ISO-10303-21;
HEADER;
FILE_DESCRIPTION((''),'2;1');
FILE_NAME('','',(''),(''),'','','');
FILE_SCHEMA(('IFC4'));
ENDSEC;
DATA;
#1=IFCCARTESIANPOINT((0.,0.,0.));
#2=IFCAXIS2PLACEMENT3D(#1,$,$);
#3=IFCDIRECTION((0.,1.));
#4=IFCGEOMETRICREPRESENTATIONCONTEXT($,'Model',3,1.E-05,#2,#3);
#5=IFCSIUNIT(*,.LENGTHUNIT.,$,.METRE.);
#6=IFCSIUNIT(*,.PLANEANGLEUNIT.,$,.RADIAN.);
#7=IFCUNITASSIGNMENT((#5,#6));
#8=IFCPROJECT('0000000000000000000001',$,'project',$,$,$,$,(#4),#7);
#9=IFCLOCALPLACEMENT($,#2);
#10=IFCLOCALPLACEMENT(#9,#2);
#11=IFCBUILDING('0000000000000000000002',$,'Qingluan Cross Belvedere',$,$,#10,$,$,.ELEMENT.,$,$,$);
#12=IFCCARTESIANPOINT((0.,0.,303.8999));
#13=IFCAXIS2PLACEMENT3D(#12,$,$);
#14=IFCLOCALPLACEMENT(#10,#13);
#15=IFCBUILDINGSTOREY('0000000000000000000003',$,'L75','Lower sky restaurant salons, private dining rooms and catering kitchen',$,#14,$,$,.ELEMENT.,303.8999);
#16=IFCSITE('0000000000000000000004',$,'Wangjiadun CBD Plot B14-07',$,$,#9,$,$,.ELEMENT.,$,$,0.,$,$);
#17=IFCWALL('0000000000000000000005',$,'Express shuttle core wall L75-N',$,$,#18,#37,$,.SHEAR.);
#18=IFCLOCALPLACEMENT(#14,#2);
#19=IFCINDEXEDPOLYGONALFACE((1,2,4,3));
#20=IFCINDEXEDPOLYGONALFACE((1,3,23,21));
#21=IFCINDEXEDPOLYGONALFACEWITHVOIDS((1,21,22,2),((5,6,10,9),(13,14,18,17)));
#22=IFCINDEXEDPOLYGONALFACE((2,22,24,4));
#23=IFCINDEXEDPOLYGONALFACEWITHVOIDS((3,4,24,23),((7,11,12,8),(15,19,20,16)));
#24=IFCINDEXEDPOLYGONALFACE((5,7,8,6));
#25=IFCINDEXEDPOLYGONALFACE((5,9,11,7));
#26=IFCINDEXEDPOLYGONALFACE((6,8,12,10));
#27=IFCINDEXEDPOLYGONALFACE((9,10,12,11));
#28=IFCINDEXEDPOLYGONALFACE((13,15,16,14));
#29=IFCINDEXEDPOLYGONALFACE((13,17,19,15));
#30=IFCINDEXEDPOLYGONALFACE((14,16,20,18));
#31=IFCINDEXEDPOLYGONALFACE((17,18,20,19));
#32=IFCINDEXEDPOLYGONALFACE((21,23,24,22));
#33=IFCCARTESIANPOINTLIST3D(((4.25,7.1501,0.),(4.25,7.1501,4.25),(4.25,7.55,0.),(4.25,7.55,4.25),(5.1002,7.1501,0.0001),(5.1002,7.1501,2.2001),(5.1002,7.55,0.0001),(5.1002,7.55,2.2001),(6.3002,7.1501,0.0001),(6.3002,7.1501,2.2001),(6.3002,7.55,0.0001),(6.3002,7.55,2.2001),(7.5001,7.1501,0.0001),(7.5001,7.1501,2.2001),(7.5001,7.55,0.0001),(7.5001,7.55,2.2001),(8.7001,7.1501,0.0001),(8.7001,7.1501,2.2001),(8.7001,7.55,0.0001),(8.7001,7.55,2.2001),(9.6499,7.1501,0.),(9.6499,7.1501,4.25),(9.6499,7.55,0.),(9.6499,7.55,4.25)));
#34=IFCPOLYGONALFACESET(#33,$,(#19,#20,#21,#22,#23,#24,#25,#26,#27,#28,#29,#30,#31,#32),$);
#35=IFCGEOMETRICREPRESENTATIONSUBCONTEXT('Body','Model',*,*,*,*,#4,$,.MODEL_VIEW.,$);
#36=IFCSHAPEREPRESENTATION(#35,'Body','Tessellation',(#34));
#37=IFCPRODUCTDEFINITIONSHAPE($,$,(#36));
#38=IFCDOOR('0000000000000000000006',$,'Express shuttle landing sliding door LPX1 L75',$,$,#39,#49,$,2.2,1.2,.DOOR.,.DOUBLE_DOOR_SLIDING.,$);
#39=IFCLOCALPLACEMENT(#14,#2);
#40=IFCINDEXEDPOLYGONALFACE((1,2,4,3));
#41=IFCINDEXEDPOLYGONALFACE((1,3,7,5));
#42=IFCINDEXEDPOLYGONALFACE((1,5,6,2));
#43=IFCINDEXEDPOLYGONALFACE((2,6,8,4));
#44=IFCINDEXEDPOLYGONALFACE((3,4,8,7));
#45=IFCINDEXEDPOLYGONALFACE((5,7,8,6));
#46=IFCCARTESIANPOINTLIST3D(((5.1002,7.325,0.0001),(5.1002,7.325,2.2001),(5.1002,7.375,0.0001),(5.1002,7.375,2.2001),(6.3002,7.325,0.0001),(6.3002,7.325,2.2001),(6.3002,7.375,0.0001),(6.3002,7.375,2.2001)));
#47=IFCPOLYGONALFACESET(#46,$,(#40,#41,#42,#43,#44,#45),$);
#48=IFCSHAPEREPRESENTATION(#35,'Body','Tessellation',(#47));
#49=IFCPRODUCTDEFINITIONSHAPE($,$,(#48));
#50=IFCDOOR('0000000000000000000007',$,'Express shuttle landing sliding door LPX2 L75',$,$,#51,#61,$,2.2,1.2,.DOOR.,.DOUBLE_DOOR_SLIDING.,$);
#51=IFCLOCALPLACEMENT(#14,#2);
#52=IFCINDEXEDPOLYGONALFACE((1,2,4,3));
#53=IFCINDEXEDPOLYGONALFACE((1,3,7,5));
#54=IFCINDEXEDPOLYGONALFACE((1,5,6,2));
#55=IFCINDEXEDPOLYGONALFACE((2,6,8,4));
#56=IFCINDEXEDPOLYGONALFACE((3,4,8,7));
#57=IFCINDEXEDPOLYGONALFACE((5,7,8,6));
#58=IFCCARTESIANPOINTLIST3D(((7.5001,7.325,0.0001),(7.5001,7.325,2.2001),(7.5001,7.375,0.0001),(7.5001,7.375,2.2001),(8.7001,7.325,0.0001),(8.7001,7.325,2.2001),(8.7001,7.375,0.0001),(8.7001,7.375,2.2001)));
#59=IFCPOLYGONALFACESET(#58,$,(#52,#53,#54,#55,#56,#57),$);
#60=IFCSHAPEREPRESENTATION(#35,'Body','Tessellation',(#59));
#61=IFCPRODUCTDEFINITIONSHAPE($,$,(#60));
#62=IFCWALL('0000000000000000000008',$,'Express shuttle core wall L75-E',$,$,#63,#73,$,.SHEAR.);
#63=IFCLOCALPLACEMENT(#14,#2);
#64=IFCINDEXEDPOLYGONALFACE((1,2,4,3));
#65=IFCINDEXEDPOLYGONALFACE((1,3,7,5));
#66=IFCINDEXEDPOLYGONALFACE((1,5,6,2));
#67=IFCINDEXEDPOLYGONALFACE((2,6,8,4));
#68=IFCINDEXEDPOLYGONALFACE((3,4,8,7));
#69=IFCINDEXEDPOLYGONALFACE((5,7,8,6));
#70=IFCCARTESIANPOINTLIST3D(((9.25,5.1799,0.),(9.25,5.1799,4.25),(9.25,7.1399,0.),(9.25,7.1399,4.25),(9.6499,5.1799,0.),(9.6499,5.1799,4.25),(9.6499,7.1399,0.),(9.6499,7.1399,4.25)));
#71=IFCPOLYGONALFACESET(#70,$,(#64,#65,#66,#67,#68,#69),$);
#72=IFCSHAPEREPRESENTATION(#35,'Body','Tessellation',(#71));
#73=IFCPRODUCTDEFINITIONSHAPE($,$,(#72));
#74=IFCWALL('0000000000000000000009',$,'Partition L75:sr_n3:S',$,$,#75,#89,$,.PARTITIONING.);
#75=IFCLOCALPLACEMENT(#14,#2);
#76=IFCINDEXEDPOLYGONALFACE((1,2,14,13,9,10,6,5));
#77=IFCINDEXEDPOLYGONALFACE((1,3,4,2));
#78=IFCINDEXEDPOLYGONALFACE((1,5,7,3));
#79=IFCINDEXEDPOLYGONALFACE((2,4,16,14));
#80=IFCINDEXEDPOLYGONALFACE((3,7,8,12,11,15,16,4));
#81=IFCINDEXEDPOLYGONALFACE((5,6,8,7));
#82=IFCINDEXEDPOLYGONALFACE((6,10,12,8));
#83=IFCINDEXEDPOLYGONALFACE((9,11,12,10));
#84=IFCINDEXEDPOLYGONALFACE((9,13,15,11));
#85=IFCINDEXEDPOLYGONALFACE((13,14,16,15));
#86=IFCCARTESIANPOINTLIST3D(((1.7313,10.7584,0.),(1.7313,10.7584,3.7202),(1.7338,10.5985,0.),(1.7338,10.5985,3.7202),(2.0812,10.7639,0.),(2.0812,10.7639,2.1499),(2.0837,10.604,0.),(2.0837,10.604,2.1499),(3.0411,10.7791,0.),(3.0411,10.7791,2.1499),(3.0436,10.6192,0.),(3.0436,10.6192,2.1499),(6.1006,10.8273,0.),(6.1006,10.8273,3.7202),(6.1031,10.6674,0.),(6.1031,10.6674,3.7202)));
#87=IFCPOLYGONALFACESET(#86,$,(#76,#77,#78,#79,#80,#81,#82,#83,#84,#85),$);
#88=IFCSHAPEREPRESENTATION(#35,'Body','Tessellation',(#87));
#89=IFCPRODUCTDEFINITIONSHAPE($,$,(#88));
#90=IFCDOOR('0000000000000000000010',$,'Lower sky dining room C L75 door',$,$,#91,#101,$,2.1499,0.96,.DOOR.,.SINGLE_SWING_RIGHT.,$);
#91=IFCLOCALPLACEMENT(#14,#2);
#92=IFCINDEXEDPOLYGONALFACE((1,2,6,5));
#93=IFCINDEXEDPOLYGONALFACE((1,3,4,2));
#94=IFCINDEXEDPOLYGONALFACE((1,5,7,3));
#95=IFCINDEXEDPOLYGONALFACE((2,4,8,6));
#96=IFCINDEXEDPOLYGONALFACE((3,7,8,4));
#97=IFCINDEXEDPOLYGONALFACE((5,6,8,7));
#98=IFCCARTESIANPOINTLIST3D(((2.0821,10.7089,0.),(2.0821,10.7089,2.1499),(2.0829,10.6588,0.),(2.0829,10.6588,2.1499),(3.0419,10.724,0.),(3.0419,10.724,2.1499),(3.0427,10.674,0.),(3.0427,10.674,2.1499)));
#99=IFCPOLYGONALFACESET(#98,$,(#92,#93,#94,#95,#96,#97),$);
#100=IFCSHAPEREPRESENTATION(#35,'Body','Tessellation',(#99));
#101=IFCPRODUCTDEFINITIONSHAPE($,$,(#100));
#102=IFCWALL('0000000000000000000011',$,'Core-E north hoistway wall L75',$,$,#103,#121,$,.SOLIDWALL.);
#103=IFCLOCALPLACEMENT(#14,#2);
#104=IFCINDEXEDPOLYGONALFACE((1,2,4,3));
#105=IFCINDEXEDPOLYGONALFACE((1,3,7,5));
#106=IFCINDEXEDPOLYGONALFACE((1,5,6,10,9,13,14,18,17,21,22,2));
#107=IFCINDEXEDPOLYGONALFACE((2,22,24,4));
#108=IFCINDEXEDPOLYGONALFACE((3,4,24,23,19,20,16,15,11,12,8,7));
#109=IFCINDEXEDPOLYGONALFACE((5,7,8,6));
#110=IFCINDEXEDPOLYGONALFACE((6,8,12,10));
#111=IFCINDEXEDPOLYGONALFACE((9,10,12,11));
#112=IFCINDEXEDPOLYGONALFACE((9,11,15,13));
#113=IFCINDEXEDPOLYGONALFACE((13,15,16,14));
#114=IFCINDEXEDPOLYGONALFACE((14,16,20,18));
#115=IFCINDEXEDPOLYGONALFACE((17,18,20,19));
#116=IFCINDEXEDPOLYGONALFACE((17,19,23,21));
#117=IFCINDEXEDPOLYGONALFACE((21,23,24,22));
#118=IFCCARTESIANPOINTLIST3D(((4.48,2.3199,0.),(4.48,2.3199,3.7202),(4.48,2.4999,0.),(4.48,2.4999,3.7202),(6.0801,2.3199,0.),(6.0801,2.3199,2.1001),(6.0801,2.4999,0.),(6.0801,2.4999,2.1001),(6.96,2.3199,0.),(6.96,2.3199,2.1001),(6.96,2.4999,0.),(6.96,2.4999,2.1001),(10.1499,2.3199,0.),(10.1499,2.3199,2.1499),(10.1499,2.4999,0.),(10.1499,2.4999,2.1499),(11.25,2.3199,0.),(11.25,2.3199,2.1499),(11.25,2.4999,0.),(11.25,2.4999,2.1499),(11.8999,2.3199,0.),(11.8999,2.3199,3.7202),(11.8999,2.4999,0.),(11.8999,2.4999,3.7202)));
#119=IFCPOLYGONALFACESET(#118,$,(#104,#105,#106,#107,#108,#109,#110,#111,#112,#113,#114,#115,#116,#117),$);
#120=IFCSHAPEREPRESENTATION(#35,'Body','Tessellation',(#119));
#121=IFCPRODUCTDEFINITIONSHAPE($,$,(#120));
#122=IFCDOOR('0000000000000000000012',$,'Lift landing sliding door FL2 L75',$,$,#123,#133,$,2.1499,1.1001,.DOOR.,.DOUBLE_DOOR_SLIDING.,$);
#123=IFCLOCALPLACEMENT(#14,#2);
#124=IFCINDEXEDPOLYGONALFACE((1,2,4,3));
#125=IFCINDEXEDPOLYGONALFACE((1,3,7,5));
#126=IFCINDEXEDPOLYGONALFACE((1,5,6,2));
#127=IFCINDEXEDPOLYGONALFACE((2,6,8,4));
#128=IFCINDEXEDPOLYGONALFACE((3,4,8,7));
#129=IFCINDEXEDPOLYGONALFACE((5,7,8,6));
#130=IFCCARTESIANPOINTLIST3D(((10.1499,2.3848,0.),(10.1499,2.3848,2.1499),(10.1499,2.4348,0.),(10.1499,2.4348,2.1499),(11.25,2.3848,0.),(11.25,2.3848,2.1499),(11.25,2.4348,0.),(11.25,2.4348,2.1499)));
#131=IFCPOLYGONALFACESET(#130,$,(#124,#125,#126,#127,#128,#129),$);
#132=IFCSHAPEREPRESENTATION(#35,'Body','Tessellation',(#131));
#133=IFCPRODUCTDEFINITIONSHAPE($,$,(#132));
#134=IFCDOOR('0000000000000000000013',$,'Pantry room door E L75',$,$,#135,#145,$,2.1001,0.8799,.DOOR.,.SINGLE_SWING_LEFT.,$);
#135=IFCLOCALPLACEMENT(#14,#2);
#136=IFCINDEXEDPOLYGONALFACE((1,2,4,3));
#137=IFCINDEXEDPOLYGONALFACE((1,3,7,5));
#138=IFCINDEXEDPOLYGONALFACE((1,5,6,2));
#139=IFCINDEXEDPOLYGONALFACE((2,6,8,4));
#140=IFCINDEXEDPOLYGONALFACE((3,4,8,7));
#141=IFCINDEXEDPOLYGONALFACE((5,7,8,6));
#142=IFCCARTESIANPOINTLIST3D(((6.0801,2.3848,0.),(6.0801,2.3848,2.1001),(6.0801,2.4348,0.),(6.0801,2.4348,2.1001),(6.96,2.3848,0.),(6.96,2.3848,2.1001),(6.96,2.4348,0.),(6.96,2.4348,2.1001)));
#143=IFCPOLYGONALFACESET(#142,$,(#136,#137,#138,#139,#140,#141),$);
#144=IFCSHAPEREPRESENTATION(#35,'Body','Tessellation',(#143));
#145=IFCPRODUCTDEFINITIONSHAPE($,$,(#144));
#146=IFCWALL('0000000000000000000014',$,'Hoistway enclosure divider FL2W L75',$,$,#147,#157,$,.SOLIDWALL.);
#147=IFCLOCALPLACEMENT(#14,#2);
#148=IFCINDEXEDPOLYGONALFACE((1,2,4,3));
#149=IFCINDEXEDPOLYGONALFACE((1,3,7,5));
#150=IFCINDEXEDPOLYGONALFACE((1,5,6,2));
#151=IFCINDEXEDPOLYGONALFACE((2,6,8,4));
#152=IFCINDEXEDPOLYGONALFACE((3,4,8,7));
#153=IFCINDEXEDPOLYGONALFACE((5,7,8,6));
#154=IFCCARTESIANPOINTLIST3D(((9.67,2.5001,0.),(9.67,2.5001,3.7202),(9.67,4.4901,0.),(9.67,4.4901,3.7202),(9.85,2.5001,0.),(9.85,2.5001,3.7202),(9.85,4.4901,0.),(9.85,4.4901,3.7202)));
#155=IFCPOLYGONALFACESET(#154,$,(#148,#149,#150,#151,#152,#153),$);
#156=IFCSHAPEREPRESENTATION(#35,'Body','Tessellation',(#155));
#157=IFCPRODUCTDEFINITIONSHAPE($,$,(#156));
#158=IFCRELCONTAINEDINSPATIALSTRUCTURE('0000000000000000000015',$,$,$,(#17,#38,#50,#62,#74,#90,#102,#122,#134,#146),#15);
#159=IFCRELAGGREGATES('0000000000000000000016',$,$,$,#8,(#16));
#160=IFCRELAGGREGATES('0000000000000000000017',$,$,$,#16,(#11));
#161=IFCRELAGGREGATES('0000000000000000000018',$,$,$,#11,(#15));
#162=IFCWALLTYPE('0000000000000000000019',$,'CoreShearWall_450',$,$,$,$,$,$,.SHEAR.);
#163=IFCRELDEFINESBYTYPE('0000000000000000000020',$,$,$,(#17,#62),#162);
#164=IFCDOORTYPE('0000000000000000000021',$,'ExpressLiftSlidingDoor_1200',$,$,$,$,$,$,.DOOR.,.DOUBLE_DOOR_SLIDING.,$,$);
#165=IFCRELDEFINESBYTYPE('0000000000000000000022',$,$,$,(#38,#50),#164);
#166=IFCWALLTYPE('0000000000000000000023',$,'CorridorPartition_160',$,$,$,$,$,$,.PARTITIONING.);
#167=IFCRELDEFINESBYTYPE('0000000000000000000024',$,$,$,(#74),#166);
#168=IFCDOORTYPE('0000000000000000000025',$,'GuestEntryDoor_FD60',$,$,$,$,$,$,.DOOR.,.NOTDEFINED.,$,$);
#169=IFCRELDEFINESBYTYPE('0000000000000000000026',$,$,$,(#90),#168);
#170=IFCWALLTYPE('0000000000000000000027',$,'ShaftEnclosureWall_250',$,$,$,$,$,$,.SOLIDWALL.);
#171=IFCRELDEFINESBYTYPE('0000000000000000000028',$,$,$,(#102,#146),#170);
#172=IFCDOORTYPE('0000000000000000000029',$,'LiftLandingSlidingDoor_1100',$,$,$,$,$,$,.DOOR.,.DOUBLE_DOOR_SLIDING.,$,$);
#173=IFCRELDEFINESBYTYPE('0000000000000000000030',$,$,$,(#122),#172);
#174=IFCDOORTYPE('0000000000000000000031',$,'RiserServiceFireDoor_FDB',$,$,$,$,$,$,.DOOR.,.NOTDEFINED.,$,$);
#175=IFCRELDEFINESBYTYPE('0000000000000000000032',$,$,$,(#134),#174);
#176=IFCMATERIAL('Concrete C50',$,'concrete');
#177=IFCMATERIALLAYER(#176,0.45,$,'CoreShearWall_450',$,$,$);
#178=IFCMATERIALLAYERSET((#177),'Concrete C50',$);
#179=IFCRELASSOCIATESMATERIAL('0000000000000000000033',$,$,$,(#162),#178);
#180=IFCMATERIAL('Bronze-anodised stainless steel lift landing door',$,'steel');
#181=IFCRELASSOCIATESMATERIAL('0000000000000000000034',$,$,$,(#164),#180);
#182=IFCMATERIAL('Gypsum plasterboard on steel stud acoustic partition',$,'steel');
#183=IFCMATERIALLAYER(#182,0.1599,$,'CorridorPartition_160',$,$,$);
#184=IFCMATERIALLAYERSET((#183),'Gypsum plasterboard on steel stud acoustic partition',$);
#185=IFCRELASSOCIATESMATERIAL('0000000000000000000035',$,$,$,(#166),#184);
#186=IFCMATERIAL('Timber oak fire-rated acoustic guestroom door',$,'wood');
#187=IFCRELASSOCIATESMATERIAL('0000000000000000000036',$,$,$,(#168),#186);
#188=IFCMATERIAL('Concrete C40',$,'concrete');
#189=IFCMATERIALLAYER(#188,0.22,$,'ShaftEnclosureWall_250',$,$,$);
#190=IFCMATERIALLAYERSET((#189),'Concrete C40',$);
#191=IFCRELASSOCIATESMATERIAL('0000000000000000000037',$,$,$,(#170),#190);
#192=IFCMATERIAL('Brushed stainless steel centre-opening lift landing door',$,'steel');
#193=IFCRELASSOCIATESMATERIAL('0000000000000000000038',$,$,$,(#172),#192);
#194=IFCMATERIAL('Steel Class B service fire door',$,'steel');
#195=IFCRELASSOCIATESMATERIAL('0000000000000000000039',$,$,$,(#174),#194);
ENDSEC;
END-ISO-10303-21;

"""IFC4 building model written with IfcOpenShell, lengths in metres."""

from ifc_helpers import new_model, si_unit, direction, frame, frame_2d, origin, place, context, subcontext, project, spatial, rectangle, extrude, material, layer, layer_set, type_object, element, fill, save


model = new_model("IFC4")

# Units and contexts
model_context = context("Model", 3, precision=1e-05, world=origin(), true_north=direction((0.0, 1.0)))
body_context = subcontext(model_context, "Body", "Model", "MODEL_VIEW")
ifc_project = project(units=[si_unit("LENGTHUNIT", "METRE"), si_unit("PLANEANGLEUNIT", "RADIAN")], contexts=[model_context])

# Site, building, storey
site_placement = place(None, origin())
site = spatial("IfcSite", under=ifc_project, at=site_placement, Name="Wangjiadun CBD Plot B14-07", CompositionType="ELEMENT", RefElevation=0.0)
building_placement = place(site_placement, origin())
building = spatial("IfcBuilding", under=site, at=building_placement, Name="Qingluan Cross Belvedere", CompositionType="ELEMENT")
storey_placement = place(building_placement, frame((0.0, 0.0, 303.8999)))
storey = spatial("IfcBuildingStorey", under=building, at=storey_placement, Name="L75", Description="Lower sky restaurant salons, private dining rooms and catering kitchen", CompositionType="ELEMENT", Elevation=303.8999)

# Shared definitions
ifc_material_1 = material(Name="Concrete C50", Category="concrete")
ifc_layer_1 = layer(ifc_material_1, 0.45, Name="CoreShearWall_450")
ifc_layer_set_1 = layer_set([ifc_layer_1], Name="Concrete C50")
wall_type_1 = type_object("IfcWallType", Name="CoreShearWall_450", PredefinedType="SHEAR", material=ifc_layer_set_1)

# Wall, openings, doors
wall_1_placement = place(storey_placement, frame((4.25, 7.3501, 0.0), z_axis=(0.0, 0.0, 1.0), x_axis=(1.0, 0.0, 0.0)))
wall_1 = element("IfcWall", 1, at=wall_1_placement, inside=storey, type_object=wall_type_1, Name="Express shuttle core wall L75-N", PredefinedType="SHEAR", context=body_context, shape_type="SweptSolid", body=[
    extrude(rectangle(XDim=5.3999, YDim=0.3999, at=frame_2d((2.7, 0.0))), origin(), (0.0, 0.0, 1.0), 4.25),
])
opening_1_placement = place(wall_1_placement, frame((0.8501, 0.0, 0.0)))
opening_1 = element("IfcOpeningElement", 2, at=opening_1_placement, cuts=wall_1, PredefinedType="OPENING", context=body_context, shape_type="SweptSolid", body=[
    extrude(rectangle(XDim=1.2, YDim=2.2, at=frame_2d((0.6001, 1.1001))), frame((0.0, 0.21, 0.0), z_axis=(0.0, -1.0, 0.0), x_axis=(1.0, 0.0, 0.0)), (0.0, 0.0, 1.0), 0.4199),
])
opening_2_placement = place(wall_1_placement, frame((3.25, 0.0, 0.0)))
opening_2 = element("IfcOpeningElement", 3, at=opening_2_placement, cuts=wall_1, PredefinedType="OPENING", context=body_context, shape_type="SweptSolid", body=[
    extrude(rectangle(XDim=1.2, YDim=2.2, at=frame_2d((0.6001, 1.1001))), frame((0.0, 0.21, 0.0), z_axis=(0.0, -1.0, 0.0), x_axis=(1.0, 0.0, 0.0)), (0.0, 0.0, 1.0), 0.4199),
])
ifc_material_2 = material(Name="Bronze-anodised stainless steel lift landing door", Category="steel")
door_type_1 = type_object("IfcDoorType", Name="ExpressLiftSlidingDoor_1200", OperationType="DOUBLE_DOOR_SLIDING", PredefinedType="DOOR", material=ifc_material_2)
door_1_placement = place(opening_1_placement, origin())
door_1 = element("IfcDoor", 4, at=door_1_placement, inside=storey, type_object=door_type_1, Name="Express shuttle landing sliding door LPX1 L75", OperationType="DOUBLE_DOOR_SLIDING", OverallHeight=2.2, OverallWidth=1.2, PredefinedType="DOOR", context=body_context, shape_type="SweptSolid", body=[
    extrude(rectangle(XDim=1.2, YDim=2.2, at=frame_2d((0.6001, 1.1001))), frame((0.0, 0.0249, 0.0), z_axis=(0.0, -1.0, 0.0), x_axis=(1.0, 0.0, 0.0)), (0.0, 0.0, 1.0), 0.05),
])
fill(opening_1, door_1)
door_2_placement = place(opening_2_placement, origin())
door_2 = element("IfcDoor", 5, at=door_2_placement, inside=storey, type_object=door_type_1, Name="Express shuttle landing sliding door LPX2 L75", OperationType="DOUBLE_DOOR_SLIDING", OverallHeight=2.2, OverallWidth=1.2, PredefinedType="DOOR", context=body_context, shape_type="SweptSolid", body=[
    extrude(rectangle(XDim=1.2, YDim=2.2, at=frame_2d((0.6001, 1.1001))), frame((0.0, 0.0249, 0.0), z_axis=(0.0, -1.0, 0.0), x_axis=(1.0, 0.0, 0.0)), (0.0, 0.0, 1.0), 0.05),
])
fill(opening_2, door_2)

# Wall
wall_2_placement = place(storey_placement, frame((9.45, 5.1799, 0.0), z_axis=(0.0, 0.0, 1.0), x_axis=(0.0, 1.0, 0.0)))
element("IfcWall", 6, at=wall_2_placement, inside=storey, type_object=wall_type_1, Name="Express shuttle core wall L75-E", PredefinedType="SHEAR", context=body_context, shape_type="SweptSolid", body=[
    extrude(rectangle(XDim=1.96, YDim=0.3999, at=frame_2d((0.98, 0.0))), origin(), (0.0, 0.0, 1.0), 4.25),
])

# Wall, opening, door
ifc_material_3 = material(Name="Gypsum plasterboard on steel stud acoustic partition", Category="steel")
ifc_layer_2 = layer(ifc_material_3, 0.1599, Name="CorridorPartition_160")
ifc_layer_set_2 = layer_set([ifc_layer_2], Name="Gypsum plasterboard on steel stud acoustic partition")
wall_type_2 = type_object("IfcWallType", Name="CorridorPartition_160", PredefinedType="PARTITIONING", material=ifc_layer_set_2)
wall_3_placement = place(storey_placement, frame((1.7324, 10.6785, 0.0), z_axis=(0.0, 0.0, 1.0), x_axis=(0.999876, 0.015755, 0.0)))
wall_3 = element("IfcWall", 7, at=wall_3_placement, inside=storey, type_object=wall_type_2, Name="Partition L75:sr_n3:S", PredefinedType="PARTITIONING", context=body_context, shape_type="SweptSolid", body=[
    extrude(rectangle(XDim=4.3699, YDim=0.1599, at=frame_2d((2.1851, 0.0))), origin(), (0.0, 0.0, 1.0), 3.7202),
])
opening_3_placement = place(wall_3_placement, frame((0.3501, 0.0, 0.0)))
opening_3 = element("IfcOpeningElement", 8, at=opening_3_placement, cuts=wall_3, PredefinedType="OPENING", context=body_context, shape_type="SweptSolid", body=[
    extrude(rectangle(XDim=0.96, YDim=2.1499, at=frame_2d((0.48, 1.075))), frame((0.0, 0.0898, 0.0), z_axis=(0.0, -1.0, 0.0), x_axis=(1.0, 0.0, 0.0)), (0.0, 0.0, 1.0), 0.1799),
])
ifc_material_4 = material(Name="Timber oak fire-rated acoustic guestroom door", Category="wood")
door_type_2 = type_object("IfcDoorType", Name="GuestEntryDoor_FD60", OperationType="NOTDEFINED", PredefinedType="DOOR", material=ifc_material_4)
door_3_placement = place(opening_3_placement, origin())
door_3 = element("IfcDoor", 9, at=door_3_placement, inside=storey, type_object=door_type_2, Name="Lower sky dining room C L75 door", OperationType="SINGLE_SWING_RIGHT", OverallHeight=2.1499, OverallWidth=0.96, PredefinedType="DOOR", context=body_context, shape_type="SweptSolid", body=[
    extrude(rectangle(XDim=0.96, YDim=2.1499, at=frame_2d((0.48, 1.075))), frame((0.0, 0.0249, 0.0), z_axis=(0.0, -1.0, 0.0), x_axis=(1.0, 0.0, 0.0)), (0.0, 0.0, 1.0), 0.05),
])
fill(opening_3, door_3)

# Wall, openings, doors
ifc_material_5 = material(Name="Concrete C40", Category="concrete")
ifc_layer_3 = layer(ifc_material_5, 0.22, Name="ShaftEnclosureWall_250")
ifc_layer_set_3 = layer_set([ifc_layer_3], Name="Concrete C40")
wall_type_3 = type_object("IfcWallType", Name="ShaftEnclosureWall_250", PredefinedType="SOLIDWALL", material=ifc_layer_set_3)
wall_4_placement = place(storey_placement, frame((4.48, 2.4099, 0.0), z_axis=(0.0, 0.0, 1.0), x_axis=(1.0, 0.0, 0.0)))
wall_4 = element("IfcWall", 10, at=wall_4_placement, inside=storey, type_object=wall_type_3, Name="Core-E north hoistway wall L75", PredefinedType="SOLIDWALL", context=body_context, shape_type="SweptSolid", body=[
    extrude(rectangle(XDim=7.4199, YDim=0.1799, at=frame_2d((3.71, 0.0))), origin(), (0.0, 0.0, 1.0), 3.7202),
])
opening_4_placement = place(wall_4_placement, frame((5.6699, 0.0, 0.0)))
opening_4 = element("IfcOpeningElement", 11, at=opening_4_placement, cuts=wall_4, PredefinedType="OPENING", context=body_context, shape_type="SweptSolid", body=[
    extrude(rectangle(XDim=1.1001, YDim=2.1499, at=frame_2d((0.55, 1.075))), frame((0.0, 0.0999, 0.0), z_axis=(0.0, -1.0, 0.0), x_axis=(1.0, 0.0, 0.0)), (0.0, 0.0, 1.0), 0.2),
])
opening_5_placement = place(wall_4_placement, frame((1.6001, 0.0, 0.0)))
opening_5 = element("IfcOpeningElement", 12, at=opening_5_placement, cuts=wall_4, PredefinedType="OPENING", context=body_context, shape_type="SweptSolid", body=[
    extrude(rectangle(XDim=0.8799, YDim=2.1001, at=frame_2d((0.4399, 1.05))), frame((0.0, 0.0999, 0.0), z_axis=(0.0, -1.0, 0.0), x_axis=(1.0, 0.0, 0.0)), (0.0, 0.0, 1.0), 0.2),
])
ifc_material_6 = material(Name="Brushed stainless steel centre-opening lift landing door", Category="steel")
door_type_3 = type_object("IfcDoorType", Name="LiftLandingSlidingDoor_1100", OperationType="DOUBLE_DOOR_SLIDING", PredefinedType="DOOR", material=ifc_material_6)
door_4_placement = place(opening_4_placement, origin())
door_4 = element("IfcDoor", 13, at=door_4_placement, inside=storey, type_object=door_type_3, Name="Lift landing sliding door FL2 L75", OperationType="DOUBLE_DOOR_SLIDING", OverallHeight=2.1499, OverallWidth=1.1001, PredefinedType="DOOR", context=body_context, shape_type="SweptSolid", body=[
    extrude(rectangle(XDim=1.1001, YDim=2.1499, at=frame_2d((0.55, 1.075))), frame((0.0, 0.0249, 0.0), z_axis=(0.0, -1.0, 0.0), x_axis=(1.0, 0.0, 0.0)), (0.0, 0.0, 1.0), 0.05),
])
fill(opening_4, door_4)
ifc_material_7 = material(Name="Steel Class B service fire door", Category="steel")
door_type_4 = type_object("IfcDoorType", Name="RiserServiceFireDoor_FDB", OperationType="NOTDEFINED", PredefinedType="DOOR", material=ifc_material_7)
door_5_placement = place(opening_5_placement, origin())
door_5 = element("IfcDoor", 14, at=door_5_placement, inside=storey, type_object=door_type_4, Name="Pantry room door E L75", OperationType="SINGLE_SWING_LEFT", OverallHeight=2.1001, OverallWidth=0.8799, PredefinedType="DOOR", context=body_context, shape_type="SweptSolid", body=[
    extrude(rectangle(XDim=0.8799, YDim=2.1001, at=frame_2d((0.4399, 1.05))), frame((0.0, 0.0249, 0.0), z_axis=(0.0, -1.0, 0.0), x_axis=(1.0, 0.0, 0.0)), (0.0, 0.0, 1.0), 0.05),
])
fill(opening_5, door_5)

# Wall
wall_5_placement = place(storey_placement, frame((9.76, 2.5, 0.0), z_axis=(0.0, 0.0, 1.0), x_axis=(0.0, 1.0, 0.0)))
element("IfcWall", 15, at=wall_5_placement, inside=storey, type_object=wall_type_3, Name="Hoistway enclosure divider FL2W L75", PredefinedType="SOLIDWALL", context=body_context, shape_type="SweptSolid", body=[
    extrude(rectangle(XDim=1.99, YDim=0.1799, at=frame_2d((0.9951, 0.0))), origin(), (0.0, 0.0, 1.0), 3.7202),
])

save(model, "model.ifc")
